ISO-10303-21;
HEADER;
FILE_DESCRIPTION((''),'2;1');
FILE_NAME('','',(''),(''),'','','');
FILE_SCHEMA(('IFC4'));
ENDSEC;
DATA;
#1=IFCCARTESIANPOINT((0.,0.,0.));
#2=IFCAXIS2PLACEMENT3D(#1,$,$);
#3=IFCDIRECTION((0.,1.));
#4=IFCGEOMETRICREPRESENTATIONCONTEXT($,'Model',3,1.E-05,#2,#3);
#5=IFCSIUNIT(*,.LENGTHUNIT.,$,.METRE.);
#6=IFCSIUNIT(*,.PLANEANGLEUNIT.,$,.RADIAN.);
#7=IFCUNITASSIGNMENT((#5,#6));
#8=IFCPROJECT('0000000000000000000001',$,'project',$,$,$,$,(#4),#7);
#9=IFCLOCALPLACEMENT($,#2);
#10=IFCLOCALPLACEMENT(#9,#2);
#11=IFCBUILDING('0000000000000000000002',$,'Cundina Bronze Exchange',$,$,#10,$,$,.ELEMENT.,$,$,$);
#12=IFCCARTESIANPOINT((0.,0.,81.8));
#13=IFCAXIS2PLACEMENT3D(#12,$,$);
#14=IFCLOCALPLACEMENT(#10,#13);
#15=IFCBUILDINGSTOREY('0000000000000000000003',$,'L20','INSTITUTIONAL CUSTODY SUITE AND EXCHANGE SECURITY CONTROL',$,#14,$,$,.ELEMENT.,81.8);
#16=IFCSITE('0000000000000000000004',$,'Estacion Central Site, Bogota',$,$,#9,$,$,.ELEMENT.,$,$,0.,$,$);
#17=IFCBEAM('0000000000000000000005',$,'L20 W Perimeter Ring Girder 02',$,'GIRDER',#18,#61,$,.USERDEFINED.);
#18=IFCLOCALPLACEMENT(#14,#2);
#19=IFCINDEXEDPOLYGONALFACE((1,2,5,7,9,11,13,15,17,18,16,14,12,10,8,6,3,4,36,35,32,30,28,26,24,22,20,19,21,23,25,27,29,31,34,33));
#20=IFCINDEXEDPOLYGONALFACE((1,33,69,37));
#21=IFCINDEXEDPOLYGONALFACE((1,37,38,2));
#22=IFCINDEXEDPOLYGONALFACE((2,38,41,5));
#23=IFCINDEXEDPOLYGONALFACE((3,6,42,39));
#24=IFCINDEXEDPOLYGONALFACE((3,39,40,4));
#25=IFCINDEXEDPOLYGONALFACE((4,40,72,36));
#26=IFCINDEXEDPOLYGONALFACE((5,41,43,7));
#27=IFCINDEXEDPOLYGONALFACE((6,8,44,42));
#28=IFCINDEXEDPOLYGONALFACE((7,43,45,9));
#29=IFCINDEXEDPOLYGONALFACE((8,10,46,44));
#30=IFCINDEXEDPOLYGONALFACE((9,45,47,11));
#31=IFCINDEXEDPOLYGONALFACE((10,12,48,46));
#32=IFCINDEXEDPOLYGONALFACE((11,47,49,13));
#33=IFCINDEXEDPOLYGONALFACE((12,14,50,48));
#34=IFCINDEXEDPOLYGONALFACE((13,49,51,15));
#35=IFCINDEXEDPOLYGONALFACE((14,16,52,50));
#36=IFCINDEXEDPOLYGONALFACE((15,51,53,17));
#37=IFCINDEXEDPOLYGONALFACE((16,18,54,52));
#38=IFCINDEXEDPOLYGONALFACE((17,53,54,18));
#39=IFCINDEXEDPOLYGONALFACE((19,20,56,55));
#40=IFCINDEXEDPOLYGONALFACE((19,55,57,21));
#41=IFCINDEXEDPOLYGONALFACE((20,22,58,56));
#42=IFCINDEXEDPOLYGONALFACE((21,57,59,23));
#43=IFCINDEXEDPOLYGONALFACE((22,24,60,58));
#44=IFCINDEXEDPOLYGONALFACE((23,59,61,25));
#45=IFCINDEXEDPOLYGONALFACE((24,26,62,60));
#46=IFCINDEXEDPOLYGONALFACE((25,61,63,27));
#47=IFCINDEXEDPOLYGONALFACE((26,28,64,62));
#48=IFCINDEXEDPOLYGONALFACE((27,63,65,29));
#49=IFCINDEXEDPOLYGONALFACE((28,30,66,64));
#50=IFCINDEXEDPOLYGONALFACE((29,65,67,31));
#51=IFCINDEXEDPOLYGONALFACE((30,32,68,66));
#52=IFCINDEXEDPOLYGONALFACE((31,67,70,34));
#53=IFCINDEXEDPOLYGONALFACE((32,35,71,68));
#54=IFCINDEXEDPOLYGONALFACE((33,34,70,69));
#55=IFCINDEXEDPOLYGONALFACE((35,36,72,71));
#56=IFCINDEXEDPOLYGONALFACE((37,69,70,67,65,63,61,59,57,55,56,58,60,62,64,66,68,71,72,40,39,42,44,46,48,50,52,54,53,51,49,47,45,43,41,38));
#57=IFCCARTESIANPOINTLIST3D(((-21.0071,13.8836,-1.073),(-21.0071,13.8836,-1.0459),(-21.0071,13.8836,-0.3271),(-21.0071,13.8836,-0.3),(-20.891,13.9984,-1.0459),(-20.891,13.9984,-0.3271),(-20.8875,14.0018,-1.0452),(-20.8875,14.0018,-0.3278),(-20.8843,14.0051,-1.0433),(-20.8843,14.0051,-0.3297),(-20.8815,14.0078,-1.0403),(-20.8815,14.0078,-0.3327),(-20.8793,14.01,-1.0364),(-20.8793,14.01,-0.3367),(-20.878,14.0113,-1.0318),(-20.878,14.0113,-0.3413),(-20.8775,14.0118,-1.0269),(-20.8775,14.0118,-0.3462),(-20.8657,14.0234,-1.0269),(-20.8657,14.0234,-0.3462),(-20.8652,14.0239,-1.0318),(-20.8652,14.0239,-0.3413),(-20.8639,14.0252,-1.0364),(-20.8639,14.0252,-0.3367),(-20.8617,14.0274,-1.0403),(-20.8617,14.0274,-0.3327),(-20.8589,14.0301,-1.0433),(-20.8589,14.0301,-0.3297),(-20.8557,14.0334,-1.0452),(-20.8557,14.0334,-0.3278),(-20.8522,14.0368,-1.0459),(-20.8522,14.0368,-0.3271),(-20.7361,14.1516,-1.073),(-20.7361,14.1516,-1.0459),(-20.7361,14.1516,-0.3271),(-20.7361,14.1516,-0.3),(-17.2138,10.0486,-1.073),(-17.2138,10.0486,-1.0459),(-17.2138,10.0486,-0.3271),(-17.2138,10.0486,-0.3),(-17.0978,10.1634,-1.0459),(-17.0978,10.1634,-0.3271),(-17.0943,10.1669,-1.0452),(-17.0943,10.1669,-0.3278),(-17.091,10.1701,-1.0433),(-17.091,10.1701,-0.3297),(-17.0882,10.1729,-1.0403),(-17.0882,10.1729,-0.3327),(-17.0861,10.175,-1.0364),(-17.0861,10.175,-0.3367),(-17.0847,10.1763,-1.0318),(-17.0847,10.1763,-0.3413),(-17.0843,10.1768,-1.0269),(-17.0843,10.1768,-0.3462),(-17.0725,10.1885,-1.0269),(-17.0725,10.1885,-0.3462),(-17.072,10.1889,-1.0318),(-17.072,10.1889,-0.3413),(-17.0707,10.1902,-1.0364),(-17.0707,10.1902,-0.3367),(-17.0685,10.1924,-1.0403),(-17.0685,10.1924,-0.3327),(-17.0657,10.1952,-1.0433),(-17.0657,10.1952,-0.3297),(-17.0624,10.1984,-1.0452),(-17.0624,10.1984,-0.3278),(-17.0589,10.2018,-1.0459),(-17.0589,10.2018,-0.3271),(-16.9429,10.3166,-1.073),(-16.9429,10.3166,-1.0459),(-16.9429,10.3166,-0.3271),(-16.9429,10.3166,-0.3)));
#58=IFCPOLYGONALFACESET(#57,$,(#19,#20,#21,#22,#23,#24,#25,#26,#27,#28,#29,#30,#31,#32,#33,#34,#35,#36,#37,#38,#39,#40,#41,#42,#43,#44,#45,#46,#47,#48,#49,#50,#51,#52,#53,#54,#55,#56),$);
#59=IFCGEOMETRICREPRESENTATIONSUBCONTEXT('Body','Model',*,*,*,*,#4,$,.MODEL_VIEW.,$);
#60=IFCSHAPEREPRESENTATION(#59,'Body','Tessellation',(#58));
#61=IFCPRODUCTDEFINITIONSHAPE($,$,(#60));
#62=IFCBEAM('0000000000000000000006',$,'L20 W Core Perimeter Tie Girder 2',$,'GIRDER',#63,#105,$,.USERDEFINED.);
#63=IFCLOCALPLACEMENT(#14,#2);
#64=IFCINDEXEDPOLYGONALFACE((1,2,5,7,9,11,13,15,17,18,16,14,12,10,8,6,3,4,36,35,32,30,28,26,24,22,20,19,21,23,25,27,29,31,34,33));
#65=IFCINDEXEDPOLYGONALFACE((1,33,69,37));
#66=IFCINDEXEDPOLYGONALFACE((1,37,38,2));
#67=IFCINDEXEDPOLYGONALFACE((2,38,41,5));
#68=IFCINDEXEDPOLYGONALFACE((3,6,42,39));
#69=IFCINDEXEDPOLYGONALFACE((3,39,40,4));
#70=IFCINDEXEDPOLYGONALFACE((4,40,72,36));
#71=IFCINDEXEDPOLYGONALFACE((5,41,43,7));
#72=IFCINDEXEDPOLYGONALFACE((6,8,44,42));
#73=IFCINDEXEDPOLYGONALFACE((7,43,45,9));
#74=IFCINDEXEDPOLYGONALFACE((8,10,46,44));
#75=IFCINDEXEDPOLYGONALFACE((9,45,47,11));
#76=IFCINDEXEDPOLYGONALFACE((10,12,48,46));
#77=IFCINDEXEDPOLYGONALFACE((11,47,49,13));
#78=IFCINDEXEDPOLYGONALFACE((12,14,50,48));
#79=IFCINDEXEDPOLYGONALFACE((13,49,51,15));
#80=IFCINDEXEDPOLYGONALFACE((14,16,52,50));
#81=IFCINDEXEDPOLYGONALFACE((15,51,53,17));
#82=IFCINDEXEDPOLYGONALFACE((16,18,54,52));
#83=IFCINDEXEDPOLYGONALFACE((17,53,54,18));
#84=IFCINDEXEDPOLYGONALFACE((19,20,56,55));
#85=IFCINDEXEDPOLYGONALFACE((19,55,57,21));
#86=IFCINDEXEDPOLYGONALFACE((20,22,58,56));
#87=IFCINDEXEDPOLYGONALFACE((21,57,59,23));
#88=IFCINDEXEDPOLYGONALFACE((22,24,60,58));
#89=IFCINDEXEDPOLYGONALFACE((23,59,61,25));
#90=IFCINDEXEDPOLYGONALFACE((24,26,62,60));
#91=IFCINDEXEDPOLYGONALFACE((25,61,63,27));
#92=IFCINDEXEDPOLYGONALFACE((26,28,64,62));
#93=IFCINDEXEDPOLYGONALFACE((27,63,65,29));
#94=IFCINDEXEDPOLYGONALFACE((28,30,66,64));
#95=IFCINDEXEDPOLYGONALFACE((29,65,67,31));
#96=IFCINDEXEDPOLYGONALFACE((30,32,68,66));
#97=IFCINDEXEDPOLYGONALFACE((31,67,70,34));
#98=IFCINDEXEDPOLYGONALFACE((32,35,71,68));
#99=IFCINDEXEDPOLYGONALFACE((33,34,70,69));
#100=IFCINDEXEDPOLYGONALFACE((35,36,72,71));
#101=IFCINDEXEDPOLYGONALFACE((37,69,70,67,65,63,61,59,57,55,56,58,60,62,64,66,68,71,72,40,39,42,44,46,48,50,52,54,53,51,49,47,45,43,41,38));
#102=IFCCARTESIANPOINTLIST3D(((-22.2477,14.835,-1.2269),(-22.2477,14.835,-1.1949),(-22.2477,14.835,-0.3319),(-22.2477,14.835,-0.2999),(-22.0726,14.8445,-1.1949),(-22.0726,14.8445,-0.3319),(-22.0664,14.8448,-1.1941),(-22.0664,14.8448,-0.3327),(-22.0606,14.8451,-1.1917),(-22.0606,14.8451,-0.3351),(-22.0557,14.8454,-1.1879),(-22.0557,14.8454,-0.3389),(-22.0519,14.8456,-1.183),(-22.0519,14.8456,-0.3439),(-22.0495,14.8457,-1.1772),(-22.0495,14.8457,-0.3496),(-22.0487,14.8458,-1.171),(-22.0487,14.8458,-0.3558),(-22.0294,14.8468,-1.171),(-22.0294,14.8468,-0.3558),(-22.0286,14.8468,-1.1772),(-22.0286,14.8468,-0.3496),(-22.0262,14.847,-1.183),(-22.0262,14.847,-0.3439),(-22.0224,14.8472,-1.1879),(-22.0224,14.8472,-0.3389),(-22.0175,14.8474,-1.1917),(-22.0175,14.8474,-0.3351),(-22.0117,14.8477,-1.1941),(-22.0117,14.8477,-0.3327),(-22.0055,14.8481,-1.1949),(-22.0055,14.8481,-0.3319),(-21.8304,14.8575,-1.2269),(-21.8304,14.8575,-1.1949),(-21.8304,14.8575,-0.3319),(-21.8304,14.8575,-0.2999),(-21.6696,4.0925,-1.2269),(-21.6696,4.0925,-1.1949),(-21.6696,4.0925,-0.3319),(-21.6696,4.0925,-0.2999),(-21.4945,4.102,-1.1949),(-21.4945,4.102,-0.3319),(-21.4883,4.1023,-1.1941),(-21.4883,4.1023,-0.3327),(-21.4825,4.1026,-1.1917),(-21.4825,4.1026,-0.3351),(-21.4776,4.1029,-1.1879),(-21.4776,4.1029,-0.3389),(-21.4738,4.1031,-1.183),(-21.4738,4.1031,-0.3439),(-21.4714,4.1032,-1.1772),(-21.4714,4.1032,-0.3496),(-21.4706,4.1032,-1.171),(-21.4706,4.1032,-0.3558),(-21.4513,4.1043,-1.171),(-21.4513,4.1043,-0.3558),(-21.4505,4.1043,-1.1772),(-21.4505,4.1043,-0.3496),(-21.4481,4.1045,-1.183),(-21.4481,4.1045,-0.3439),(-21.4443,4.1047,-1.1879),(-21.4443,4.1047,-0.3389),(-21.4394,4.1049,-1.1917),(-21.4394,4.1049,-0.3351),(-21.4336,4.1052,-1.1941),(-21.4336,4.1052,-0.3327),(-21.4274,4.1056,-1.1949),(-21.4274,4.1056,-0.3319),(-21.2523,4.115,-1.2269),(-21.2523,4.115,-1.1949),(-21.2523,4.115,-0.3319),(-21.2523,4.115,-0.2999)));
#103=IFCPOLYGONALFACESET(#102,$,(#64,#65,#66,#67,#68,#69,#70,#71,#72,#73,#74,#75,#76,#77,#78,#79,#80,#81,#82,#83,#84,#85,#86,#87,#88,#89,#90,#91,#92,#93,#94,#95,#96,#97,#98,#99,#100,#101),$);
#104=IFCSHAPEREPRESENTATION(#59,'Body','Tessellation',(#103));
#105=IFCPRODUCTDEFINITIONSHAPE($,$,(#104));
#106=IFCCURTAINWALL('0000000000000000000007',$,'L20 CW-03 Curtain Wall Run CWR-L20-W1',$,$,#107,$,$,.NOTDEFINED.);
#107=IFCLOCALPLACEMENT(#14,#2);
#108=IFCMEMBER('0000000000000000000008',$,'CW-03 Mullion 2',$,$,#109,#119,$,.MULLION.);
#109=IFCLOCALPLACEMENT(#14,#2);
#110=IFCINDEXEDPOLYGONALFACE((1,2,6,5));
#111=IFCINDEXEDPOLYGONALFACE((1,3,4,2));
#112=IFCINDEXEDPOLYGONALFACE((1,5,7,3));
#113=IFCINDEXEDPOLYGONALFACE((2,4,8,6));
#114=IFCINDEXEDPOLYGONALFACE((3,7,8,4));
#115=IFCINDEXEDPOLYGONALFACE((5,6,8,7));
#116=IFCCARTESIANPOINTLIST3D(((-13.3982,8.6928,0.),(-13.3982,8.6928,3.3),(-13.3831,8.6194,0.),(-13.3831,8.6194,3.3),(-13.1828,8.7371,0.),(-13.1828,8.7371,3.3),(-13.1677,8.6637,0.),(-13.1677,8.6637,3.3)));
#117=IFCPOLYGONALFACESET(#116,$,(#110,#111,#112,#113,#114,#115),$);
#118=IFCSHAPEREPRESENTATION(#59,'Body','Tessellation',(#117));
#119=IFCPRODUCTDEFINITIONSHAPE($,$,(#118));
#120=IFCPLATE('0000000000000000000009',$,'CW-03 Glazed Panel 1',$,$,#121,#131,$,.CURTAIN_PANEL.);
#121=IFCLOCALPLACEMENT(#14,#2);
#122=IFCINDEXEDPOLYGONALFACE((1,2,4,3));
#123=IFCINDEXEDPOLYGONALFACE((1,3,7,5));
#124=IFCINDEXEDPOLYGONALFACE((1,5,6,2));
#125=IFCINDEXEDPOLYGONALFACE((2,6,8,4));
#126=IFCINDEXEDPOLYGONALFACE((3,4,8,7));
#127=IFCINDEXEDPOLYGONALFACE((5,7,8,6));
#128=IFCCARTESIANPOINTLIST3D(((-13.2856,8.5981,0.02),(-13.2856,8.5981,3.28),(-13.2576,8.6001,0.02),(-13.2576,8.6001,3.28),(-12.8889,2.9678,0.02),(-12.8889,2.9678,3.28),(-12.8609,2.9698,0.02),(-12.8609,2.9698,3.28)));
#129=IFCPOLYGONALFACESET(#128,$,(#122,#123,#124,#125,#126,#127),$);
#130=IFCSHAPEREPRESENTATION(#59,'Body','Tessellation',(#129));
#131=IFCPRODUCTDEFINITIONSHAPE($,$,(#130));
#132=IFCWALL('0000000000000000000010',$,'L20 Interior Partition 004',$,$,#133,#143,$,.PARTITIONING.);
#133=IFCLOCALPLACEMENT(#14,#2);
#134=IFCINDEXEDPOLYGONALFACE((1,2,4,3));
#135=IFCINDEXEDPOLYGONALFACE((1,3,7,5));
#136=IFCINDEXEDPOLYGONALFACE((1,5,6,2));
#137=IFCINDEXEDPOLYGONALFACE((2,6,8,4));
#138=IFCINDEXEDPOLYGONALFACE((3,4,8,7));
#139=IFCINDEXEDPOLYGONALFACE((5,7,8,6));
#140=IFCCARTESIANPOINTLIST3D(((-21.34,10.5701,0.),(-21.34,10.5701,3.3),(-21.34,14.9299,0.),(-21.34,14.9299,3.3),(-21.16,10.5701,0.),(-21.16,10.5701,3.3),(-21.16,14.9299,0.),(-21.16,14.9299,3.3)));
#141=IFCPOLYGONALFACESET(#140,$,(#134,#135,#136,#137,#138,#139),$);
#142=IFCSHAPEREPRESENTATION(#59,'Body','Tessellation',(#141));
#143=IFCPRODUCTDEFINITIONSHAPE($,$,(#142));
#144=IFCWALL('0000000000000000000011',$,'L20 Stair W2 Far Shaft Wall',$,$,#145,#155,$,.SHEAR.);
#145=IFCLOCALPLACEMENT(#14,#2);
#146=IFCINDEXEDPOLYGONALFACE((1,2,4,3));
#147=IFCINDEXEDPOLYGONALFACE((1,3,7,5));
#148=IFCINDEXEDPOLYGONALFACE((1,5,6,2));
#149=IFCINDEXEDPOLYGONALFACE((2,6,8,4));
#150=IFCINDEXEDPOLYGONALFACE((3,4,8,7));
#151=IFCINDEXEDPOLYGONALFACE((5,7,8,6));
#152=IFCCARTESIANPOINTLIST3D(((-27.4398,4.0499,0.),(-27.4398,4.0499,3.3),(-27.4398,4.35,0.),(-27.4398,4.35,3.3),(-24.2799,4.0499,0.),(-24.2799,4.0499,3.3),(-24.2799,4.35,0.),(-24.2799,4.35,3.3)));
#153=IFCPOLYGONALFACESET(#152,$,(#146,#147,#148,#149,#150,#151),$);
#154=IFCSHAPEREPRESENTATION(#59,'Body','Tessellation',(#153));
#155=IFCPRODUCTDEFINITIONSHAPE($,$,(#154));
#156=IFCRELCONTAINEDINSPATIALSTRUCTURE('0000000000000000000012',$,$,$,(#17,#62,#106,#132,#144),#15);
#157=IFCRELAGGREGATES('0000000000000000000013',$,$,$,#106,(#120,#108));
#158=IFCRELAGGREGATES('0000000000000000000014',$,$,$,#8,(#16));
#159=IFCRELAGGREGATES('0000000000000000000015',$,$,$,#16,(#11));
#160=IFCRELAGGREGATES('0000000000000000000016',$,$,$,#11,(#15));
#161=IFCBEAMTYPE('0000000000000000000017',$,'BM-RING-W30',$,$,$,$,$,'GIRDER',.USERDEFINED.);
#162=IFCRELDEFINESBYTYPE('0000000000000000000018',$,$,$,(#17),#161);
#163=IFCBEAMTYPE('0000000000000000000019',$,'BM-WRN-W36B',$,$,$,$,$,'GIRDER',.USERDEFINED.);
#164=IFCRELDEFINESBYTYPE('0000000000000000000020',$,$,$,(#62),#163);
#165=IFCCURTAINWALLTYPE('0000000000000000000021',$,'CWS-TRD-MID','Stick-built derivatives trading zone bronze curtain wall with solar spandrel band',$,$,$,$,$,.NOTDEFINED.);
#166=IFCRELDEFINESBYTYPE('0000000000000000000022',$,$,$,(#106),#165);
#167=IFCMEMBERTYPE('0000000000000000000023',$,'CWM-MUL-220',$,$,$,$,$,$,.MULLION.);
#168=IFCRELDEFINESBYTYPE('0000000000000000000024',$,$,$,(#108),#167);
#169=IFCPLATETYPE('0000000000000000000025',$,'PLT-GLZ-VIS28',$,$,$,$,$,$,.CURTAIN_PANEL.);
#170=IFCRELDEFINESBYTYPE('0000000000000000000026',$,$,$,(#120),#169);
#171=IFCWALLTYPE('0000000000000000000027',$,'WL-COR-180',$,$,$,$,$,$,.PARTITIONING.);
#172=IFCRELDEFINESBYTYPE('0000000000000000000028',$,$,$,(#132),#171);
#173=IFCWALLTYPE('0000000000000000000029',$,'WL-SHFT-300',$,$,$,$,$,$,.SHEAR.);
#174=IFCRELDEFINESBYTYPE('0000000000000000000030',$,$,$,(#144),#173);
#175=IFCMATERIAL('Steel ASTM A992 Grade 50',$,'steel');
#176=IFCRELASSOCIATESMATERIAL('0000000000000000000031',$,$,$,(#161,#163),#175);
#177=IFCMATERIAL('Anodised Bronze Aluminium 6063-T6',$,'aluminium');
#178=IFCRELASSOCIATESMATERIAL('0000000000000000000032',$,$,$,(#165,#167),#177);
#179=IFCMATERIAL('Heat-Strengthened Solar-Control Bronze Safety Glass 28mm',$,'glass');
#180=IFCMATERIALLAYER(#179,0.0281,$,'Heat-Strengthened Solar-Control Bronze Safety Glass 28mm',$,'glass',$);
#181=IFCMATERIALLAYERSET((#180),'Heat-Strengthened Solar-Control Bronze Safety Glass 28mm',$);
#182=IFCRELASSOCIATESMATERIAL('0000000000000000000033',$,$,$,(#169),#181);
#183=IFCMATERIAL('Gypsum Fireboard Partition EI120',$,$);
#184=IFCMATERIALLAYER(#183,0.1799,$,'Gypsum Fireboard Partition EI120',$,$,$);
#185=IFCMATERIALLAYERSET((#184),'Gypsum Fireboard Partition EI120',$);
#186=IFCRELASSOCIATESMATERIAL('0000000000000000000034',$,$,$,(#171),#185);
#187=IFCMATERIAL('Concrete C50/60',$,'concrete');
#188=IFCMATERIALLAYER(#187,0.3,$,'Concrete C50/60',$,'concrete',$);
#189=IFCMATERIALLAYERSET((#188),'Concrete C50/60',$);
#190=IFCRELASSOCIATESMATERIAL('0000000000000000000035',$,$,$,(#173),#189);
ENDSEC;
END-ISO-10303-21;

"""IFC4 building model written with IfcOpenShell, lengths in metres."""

from ifc_helpers import new_model, si_unit, direction, frame, frame_2d, origin, origin_2d, place, context, subcontext, project, spatial, rectangle, i_section, extrude, material, layer, layer_set, material_profile, profile_set, type_object, element, aggregate, save


model = new_model("IFC4")

# Units and contexts
model_context = context("Model", 3, precision=1e-05, world=origin(), true_north=direction((0.0, 1.0)))
body_context = subcontext(model_context, "Body", "Model", "MODEL_VIEW")
ifc_project = project(units=[si_unit("LENGTHUNIT", "METRE"), si_unit("PLANEANGLEUNIT", "RADIAN")], contexts=[model_context])

# Site, building, storey
site_placement = place(None, origin())
site = spatial("IfcSite", under=ifc_project, at=site_placement, Name="Estacion Central Site, Bogota", CompositionType="ELEMENT", RefElevation=0.0)
building_placement = place(site_placement, origin())
building = spatial("IfcBuilding", under=site, at=building_placement, Name="Cundina Bronze Exchange", CompositionType="ELEMENT")
storey_placement = place(building_placement, frame((0.0, 0.0, 81.8)))
storey = spatial("IfcBuildingStorey", under=building, at=storey_placement, Name="L20", Description="INSTITUTIONAL CUSTODY SUITE AND EXCHANGE SECURITY CONTROL", CompositionType="ELEMENT", Elevation=81.8)

# Beams
ifc_material_1 = material(Name="Steel ASTM A992 Grade 50", Category="steel")
ifc_material_profile_1 = material_profile(ifc_material_1, i_section(OverallWidth=0.3811, OverallDepth=0.7729, WebThickness=0.0166, FlangeThickness=0.0271, FilletRadius=0.019, at=origin_2d()), Name="W30X173", Category="steel")
ifc_profile_set_1 = profile_set([ifc_material_profile_1], Name="Steel ASTM A992 Grade 50")
beam_type_1 = type_object("IfcBeamType", Name="BM-RING-W30", ElementType="GIRDER", PredefinedType="USERDEFINED", material=ifc_profile_set_1)
beam_1_placement = place(storey_placement, frame((-17.0784, 10.1826, -0.6865), z_axis=(-0.703226, 0.710966, 0.0), x_axis=(-0.710966, -0.703226, 0.0)))
element("IfcBeam", 1, at=beam_1_placement, inside=storey, type_object=beam_type_1, Name="L20 W Perimeter Ring Girder 02", ObjectType="GIRDER", PredefinedType="USERDEFINED", context=body_context, shape_type="SweptSolid", body=[
    extrude(i_section(OverallWidth=0.3811, OverallDepth=0.7729, WebThickness=0.0166, FlangeThickness=0.0271, FilletRadius=0.019, at=origin_2d()), origin(), (0.0, 0.0, 1.0), 5.394),
])
ifc_material_profile_2 = material_profile(ifc_material_1, i_section(OverallWidth=0.418, OverallDepth=0.927, WebThickness=0.0193, FlangeThickness=0.032, FilletRadius=0.0239, at=origin_2d()), Name="W36X231", Category="steel")
ifc_profile_set_2 = profile_set([ifc_material_profile_2], Name="Steel ASTM A992 Grade 50")
beam_type_2 = type_object("IfcBeamType", Name="BM-WRN-W36B", ElementType="GIRDER", PredefinedType="USERDEFINED", material=ifc_profile_set_2)
beam_2_placement = place(storey_placement, frame((-21.4609, 4.1038, -0.7634), z_axis=(-0.053739, 0.998555, 0.0), x_axis=(-0.998555, -0.053739, 0.0)))
element("IfcBeam", 2, at=beam_2_placement, inside=storey, type_object=beam_type_2, Name="L20 W Core Perimeter Tie Girder 2", ObjectType="GIRDER", PredefinedType="USERDEFINED", context=body_context, shape_type="SweptSolid", body=[
    extrude(i_section(OverallWidth=0.418, OverallDepth=0.927, WebThickness=0.0193, FlangeThickness=0.032, FilletRadius=0.0239, at=origin_2d()), origin(), (0.0, 0.0, 1.0), 10.7581),
])

# Curtain wall, member, plate
ifc_material_2 = material(Name="Anodised Bronze Aluminium 6063-T6", Category="aluminium")
curtain_wall_type = type_object("IfcCurtainWallType", Name="CWS-TRD-MID", Description="Stick-built derivatives trading zone bronze curtain wall with solar spandrel band", PredefinedType="NOTDEFINED", material=ifc_material_2)
curtain_wall_placement = place(storey_placement, origin())
curtain_wall = element("IfcCurtainWall", 3, at=curtain_wall_placement, inside=storey, type_object=curtain_wall_type, Name="L20 CW-03 Curtain Wall Run CWR-L20-W1", PredefinedType="NOTDEFINED")
ifc_material_profile_3 = material_profile(ifc_material_2, rectangle(XDim=0.075, YDim=0.22, at=origin_2d()), Name="AL75X220", Category="aluminium")
ifc_profile_set_3 = profile_set([ifc_material_profile_3], Name="Anodised Bronze Aluminium 6063-T6")
member_type = type_object("IfcMemberType", Name="CWM-MUL-220", PredefinedType="MULLION", material=ifc_profile_set_3)
member_placement = place(storey_placement, frame((-13.283, 8.6782, 0.0), z_axis=(0.0, 0.0, 1.0), x_axis=(-0.20142, 0.979505, 0.0)))
member = element("IfcMember", 4, at=member_placement, type_object=member_type, Name="CW-03 Mullion 2", PredefinedType="MULLION", context=body_context, shape_type="SweptSolid", body=[
    extrude(rectangle(XDim=0.075, YDim=0.22, at=origin_2d()), origin(), (0.0, 0.0, 1.0), 3.3),
])
ifc_material_3 = material(Name="Heat-Strengthened Solar-Control Bronze Safety Glass 28mm", Category="glass")
ifc_layer_1 = layer(ifc_material_3, 0.0281, Name="Heat-Strengthened Solar-Control Bronze Safety Glass 28mm", Category="glass")
ifc_layer_set_1 = layer_set([ifc_layer_1], Name="Heat-Strengthened Solar-Control Bronze Safety Glass 28mm")
plate_type = type_object("IfcPlateType", Name="PLT-GLZ-VIS28", PredefinedType="CURTAIN_PANEL", material=ifc_layer_set_1)
plate_placement = place(storey_placement, frame((-13.0732, 5.7839, 0.02), z_axis=(0.0, 0.0, 1.0), x_axis=(-0.070279, 0.997527, 0.0)))
plate = element("IfcPlate", 5, at=plate_placement, type_object=plate_type, Name="CW-03 Glazed Panel 1", PredefinedType="CURTAIN_PANEL", context=body_context, shape_type="SweptSolid", body=[
    extrude(rectangle(XDim=5.6443, YDim=0.0281, at=origin_2d()), origin(), (0.0, 0.0, 1.0), 3.26),
])
aggregate(curtain_wall, [plate, member])

# Walls
ifc_material_4 = material(Name="Gypsum Fireboard Partition EI120")
ifc_layer_2 = layer(ifc_material_4, 0.1799, Name="Gypsum Fireboard Partition EI120")
ifc_layer_set_2 = layer_set([ifc_layer_2], Name="Gypsum Fireboard Partition EI120")
wall_type_1 = type_object("IfcWallType", Name="WL-COR-180", PredefinedType="PARTITIONING", material=ifc_layer_set_2)
wall_1_placement = place(storey_placement, frame((-21.25, 10.5701, 0.0), z_axis=(0.0, 0.0, 1.0), x_axis=(0.0, 1.0, 0.0)))
element("IfcWall", 6, at=wall_1_placement, inside=storey, type_object=wall_type_1, Name="L20 Interior Partition 004", PredefinedType="PARTITIONING", context=body_context, shape_type="SweptSolid", body=[
    extrude(rectangle(XDim=4.3599, YDim=0.1799, at=frame_2d((2.1799, 0.0))), origin(), (0.0, 0.0, 1.0), 3.3),
])
ifc_material_5 = material(Name="Concrete C50/60", Category="concrete")
ifc_layer_3 = layer(ifc_material_5, 0.3, Name="Concrete C50/60", Category="concrete")
ifc_layer_set_3 = layer_set([ifc_layer_3], Name="Concrete C50/60")
wall_type_2 = type_object("IfcWallType", Name="WL-SHFT-300", PredefinedType="SHEAR", material=ifc_layer_set_3)
wall_2_placement = place(storey_placement, frame((-27.4399, 4.2, 0.0), z_axis=(0.0, 0.0, 1.0), x_axis=(1.0, 0.0, 0.0)))
element("IfcWall", 7, at=wall_2_placement, inside=storey, type_object=wall_type_2, Name="L20 Stair W2 Far Shaft Wall", PredefinedType="SHEAR", context=body_context, shape_type="SweptSolid", body=[
    extrude(rectangle(XDim=3.1599, YDim=0.3, at=frame_2d((1.5801, 0.0))), origin(), (0.0, 0.0, 1.0), 3.3),
])

save(model, "model.ifc")
